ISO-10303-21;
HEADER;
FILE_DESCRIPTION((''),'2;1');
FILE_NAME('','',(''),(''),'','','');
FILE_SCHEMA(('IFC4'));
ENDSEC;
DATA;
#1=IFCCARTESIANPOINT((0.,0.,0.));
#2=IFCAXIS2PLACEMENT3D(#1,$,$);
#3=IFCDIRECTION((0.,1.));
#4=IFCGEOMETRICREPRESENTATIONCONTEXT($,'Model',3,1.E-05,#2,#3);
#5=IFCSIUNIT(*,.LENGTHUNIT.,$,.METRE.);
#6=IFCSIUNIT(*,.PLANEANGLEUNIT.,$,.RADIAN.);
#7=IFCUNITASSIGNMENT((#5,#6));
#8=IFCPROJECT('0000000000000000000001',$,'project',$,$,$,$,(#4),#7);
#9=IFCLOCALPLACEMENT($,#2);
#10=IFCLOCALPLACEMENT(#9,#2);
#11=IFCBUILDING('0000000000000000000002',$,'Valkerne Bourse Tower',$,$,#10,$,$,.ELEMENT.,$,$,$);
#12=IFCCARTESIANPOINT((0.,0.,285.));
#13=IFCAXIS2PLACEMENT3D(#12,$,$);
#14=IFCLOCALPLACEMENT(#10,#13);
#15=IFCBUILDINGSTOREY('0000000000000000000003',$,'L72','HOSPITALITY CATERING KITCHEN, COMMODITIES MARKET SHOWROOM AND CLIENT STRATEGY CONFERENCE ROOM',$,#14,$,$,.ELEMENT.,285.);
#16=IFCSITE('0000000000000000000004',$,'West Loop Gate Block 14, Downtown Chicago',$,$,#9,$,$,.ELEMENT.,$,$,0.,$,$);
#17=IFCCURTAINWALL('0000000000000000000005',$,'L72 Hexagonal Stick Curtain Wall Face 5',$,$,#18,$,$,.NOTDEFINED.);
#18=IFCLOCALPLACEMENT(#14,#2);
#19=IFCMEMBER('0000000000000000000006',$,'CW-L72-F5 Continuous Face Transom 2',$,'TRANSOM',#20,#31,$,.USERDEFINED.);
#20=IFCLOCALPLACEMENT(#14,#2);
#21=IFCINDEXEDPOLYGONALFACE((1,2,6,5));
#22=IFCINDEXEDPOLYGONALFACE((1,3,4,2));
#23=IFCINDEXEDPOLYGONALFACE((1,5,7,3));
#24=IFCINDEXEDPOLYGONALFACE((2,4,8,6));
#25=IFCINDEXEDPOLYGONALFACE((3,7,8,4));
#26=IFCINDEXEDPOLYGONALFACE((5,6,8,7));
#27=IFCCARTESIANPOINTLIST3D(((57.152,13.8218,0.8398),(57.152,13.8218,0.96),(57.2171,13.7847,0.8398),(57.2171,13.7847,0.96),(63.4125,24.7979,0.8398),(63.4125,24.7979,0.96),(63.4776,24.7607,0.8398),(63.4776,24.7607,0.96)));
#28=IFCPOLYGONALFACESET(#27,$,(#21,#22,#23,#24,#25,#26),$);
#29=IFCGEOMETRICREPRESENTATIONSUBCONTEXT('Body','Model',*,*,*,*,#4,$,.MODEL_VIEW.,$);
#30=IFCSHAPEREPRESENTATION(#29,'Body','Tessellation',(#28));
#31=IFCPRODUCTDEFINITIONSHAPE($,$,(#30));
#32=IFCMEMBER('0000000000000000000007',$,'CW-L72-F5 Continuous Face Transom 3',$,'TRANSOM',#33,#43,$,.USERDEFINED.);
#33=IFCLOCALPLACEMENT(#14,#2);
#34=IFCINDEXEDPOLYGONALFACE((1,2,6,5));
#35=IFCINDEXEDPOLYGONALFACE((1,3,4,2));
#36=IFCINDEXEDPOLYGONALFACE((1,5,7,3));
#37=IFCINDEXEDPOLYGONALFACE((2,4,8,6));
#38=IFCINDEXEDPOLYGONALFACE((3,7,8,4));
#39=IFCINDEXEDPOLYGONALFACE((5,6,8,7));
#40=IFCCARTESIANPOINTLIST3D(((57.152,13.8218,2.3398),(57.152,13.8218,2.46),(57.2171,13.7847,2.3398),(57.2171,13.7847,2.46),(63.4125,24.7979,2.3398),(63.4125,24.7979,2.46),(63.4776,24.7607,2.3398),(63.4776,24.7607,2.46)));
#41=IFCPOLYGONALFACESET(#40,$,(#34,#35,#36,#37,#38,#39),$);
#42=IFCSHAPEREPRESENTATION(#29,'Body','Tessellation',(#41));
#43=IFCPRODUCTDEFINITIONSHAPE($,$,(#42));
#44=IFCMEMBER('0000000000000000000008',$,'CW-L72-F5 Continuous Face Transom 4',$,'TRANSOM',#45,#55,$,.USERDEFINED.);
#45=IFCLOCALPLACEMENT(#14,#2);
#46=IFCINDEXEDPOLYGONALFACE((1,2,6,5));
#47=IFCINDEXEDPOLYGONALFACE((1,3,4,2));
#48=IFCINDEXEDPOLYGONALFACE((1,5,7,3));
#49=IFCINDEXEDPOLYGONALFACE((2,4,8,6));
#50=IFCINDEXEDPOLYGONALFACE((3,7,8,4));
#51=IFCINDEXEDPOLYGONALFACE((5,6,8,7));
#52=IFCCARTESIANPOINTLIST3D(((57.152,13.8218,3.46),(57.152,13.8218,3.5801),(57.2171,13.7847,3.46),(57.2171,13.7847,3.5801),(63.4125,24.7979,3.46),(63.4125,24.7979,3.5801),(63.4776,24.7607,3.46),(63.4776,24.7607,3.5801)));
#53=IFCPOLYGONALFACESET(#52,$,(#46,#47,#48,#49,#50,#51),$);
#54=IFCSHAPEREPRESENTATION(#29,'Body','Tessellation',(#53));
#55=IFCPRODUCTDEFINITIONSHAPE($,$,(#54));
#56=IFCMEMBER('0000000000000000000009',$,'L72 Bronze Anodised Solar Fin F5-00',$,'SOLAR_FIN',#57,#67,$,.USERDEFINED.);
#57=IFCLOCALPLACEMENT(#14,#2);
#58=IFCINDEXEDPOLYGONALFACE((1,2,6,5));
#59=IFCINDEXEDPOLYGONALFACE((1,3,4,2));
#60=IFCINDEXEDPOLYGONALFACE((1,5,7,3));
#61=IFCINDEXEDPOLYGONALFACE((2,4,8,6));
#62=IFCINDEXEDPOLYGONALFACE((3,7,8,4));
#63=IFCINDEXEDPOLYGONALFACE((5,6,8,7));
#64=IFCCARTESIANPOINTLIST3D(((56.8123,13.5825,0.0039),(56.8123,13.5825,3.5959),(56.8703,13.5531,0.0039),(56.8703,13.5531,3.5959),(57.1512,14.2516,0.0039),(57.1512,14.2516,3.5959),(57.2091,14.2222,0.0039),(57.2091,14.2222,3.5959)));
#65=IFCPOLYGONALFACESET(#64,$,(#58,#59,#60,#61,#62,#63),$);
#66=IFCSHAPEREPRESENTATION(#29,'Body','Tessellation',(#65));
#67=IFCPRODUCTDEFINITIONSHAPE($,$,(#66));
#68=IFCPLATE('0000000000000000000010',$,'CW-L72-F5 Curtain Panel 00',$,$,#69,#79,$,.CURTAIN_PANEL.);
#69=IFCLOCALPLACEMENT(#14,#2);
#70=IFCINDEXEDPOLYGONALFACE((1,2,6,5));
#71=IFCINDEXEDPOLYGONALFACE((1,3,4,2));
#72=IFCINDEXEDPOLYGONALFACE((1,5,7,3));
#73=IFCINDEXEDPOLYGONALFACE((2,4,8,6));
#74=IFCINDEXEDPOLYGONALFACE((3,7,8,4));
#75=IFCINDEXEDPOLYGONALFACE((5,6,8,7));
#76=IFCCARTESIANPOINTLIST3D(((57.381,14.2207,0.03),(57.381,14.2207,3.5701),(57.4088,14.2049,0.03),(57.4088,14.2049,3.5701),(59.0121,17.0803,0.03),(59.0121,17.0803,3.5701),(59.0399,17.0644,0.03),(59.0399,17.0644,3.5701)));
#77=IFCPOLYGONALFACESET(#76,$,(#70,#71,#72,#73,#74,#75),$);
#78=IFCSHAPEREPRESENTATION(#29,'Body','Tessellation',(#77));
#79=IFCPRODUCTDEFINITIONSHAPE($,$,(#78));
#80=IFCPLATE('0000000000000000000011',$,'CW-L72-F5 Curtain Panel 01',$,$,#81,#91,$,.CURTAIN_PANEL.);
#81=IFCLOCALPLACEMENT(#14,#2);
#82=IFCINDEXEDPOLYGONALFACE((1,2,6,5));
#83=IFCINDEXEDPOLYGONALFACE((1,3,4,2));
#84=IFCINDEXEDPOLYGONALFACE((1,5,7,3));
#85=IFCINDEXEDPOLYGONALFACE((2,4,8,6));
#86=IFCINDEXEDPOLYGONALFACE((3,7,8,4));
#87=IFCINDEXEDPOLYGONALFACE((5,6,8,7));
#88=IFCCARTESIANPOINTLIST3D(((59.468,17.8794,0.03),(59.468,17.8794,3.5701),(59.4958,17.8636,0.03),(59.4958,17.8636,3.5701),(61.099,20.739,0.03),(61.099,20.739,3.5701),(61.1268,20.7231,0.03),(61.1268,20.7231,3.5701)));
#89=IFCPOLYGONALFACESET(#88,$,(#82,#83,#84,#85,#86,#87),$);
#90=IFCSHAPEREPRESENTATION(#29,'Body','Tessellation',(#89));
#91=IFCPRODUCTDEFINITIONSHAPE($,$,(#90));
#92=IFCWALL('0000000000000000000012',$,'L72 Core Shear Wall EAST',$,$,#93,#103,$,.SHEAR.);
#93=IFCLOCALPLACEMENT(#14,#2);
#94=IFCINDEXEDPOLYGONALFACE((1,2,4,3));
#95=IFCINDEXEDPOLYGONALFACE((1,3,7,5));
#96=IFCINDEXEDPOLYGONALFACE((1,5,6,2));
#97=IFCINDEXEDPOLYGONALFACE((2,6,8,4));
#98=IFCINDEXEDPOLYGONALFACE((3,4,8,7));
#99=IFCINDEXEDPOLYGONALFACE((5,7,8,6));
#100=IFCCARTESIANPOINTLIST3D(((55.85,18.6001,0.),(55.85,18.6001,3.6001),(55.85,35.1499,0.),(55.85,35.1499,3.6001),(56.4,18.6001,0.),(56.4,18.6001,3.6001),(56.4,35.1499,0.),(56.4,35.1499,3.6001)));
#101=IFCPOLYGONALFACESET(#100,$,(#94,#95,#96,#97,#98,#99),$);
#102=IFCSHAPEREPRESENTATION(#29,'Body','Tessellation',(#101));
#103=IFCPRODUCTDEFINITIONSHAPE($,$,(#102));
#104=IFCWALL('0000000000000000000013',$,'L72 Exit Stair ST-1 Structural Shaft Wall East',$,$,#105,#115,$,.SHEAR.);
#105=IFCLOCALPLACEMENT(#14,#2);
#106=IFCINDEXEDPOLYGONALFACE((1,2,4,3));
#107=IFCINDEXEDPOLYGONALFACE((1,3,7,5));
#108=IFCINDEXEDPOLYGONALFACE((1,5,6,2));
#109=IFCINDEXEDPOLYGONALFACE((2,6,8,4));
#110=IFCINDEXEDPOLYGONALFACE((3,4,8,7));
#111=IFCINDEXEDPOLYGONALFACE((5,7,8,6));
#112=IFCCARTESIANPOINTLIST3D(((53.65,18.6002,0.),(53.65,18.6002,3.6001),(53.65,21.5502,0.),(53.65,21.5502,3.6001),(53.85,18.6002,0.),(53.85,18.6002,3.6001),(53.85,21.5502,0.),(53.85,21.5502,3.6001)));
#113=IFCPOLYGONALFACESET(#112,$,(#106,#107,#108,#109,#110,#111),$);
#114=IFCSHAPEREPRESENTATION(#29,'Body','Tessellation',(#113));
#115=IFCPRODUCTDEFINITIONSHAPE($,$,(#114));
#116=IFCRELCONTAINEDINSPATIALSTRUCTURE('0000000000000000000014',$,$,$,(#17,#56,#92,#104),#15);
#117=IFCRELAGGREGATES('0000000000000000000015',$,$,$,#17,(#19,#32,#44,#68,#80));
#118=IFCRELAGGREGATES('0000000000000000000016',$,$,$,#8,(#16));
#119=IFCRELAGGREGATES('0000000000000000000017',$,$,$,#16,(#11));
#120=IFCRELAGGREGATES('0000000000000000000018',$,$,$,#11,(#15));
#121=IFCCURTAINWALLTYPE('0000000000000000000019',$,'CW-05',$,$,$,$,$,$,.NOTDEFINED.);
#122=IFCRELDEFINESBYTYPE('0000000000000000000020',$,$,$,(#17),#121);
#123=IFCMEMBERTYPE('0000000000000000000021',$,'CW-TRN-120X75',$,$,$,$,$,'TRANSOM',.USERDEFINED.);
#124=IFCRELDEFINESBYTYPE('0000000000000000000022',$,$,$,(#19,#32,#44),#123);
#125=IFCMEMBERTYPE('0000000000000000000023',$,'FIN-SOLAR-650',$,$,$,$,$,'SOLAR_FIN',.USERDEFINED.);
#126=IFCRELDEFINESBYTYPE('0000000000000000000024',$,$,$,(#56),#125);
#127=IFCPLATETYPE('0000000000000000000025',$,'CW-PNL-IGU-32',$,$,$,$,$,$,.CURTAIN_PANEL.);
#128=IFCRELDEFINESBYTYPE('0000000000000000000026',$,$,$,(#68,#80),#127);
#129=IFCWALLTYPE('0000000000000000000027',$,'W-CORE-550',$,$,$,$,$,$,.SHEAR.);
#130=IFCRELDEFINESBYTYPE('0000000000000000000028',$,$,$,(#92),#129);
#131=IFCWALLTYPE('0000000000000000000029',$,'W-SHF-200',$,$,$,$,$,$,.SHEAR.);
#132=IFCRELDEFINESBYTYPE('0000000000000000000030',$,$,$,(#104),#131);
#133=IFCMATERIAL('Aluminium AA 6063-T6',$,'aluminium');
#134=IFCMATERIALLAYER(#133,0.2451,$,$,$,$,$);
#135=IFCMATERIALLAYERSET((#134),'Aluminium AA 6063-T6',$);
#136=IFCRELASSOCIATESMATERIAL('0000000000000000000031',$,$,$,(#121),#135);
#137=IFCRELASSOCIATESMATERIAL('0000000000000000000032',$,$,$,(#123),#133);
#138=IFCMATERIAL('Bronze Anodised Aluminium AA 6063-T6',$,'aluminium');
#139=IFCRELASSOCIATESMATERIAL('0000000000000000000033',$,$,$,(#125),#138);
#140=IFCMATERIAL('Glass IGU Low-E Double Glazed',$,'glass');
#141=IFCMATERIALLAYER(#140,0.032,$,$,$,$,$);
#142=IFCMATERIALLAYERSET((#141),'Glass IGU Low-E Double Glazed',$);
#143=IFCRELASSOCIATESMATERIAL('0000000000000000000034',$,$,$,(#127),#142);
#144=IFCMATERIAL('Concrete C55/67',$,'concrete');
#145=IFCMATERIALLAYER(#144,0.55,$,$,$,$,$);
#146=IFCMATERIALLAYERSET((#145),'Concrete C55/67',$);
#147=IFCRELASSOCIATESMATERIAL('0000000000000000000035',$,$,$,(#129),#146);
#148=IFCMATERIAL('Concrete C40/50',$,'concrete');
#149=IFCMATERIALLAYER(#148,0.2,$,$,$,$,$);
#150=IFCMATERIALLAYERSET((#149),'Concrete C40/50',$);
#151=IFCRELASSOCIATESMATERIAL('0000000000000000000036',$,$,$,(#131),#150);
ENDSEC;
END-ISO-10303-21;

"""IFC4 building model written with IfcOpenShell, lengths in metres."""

from ifc_helpers import new_model, si_unit, direction, frame, frame_2d, origin, origin_2d, place, context, subcontext, project, spatial, rectangle, extrude, material, layer, layer_set, material_profile, profile_set, type_object, element, aggregate, save


model = new_model("IFC4")

# Units and contexts
model_context = context("Model", 3, precision=1e-05, world=origin(), true_north=direction((0.0, 1.0)))
body_context = subcontext(model_context, "Body", "Model", "MODEL_VIEW")
ifc_project = project(units=[si_unit("LENGTHUNIT", "METRE"), si_unit("PLANEANGLEUNIT", "RADIAN")], contexts=[model_context])

# Site, building, storey
site_placement = place(None, origin())
site = spatial("IfcSite", under=ifc_project, at=site_placement, Name="West Loop Gate Block 14, Downtown Chicago", CompositionType="ELEMENT", RefElevation=0.0)
building_placement = place(site_placement, origin())
building = spatial("IfcBuilding", under=site, at=building_placement, Name="Valkerne Bourse Tower", CompositionType="ELEMENT")
storey_placement = place(building_placement, frame((0.0, 0.0, 285.0)))
storey = spatial("IfcBuildingStorey", under=building, at=storey_placement, Name="L72", Description="HOSPITALITY CATERING KITCHEN, COMMODITIES MARKET SHOWROOM AND CLIENT STRATEGY CONFERENCE ROOM", CompositionType="ELEMENT", Elevation=285.0)

# Shared definitions
ifc_material_1 = material(Name="Aluminium AA 6063-T6", Category="aluminium")
ifc_layer_1 = layer(ifc_material_1, 0.2451)
ifc_layer_set_1 = layer_set([ifc_layer_1], Name="Aluminium AA 6063-T6")
curtain_wall_type = type_object("IfcCurtainWallType", Name="CW-05", PredefinedType="NOTDEFINED", material=ifc_layer_set_1)

# Curtain wall, members
curtain_wall_1_placement = place(storey_placement, origin())
curtain_wall_1 = element("IfcCurtainWall", 1, at=curtain_wall_1_placement, inside=storey, type_object=curtain_wall_type, Name="L72 Hexagonal Stick Curtain Wall Face 5", PredefinedType="NOTDEFINED")
ifc_material_profile_1 = material_profile(ifc_material_1, rectangle(XDim=0.075, YDim=0.1201, at=origin_2d()), Name="CWT-75X120")
ifc_profile_set_1 = profile_set([ifc_material_profile_1], Name="Aluminium AA 6063-T6")
member_type_1 = type_object("IfcMemberType", Name="CW-TRN-120X75", ElementType="TRANSOM", PredefinedType="USERDEFINED", material=ifc_profile_set_1)
member_1_placement = place(storey_placement, frame((57.1846, 13.8032, 0.8999), z_axis=(0.49545, 0.868636, 0.0), x_axis=(-0.868636, 0.49545, 0.0)))
member_1 = element("IfcMember", 2, at=member_1_placement, type_object=member_type_1, Name="CW-L72-F5 Continuous Face Transom 2", ObjectType="TRANSOM", PredefinedType="USERDEFINED", context=body_context, shape_type="SweptSolid", body=[
    extrude(rectangle(XDim=0.075, YDim=0.1201, at=origin_2d()), origin(), (0.0, 0.0, 1.0), 12.636),
])
member_2_placement = place(storey_placement, frame((57.1846, 13.8032, 2.3999), z_axis=(0.49545, 0.868636, 0.0), x_axis=(-0.868636, 0.49545, 0.0)))
member_2 = element("IfcMember", 3, at=member_2_placement, type_object=member_type_1, Name="CW-L72-F5 Continuous Face Transom 3", ObjectType="TRANSOM", PredefinedType="USERDEFINED", context=body_context, shape_type="SweptSolid", body=[
    extrude(rectangle(XDim=0.075, YDim=0.1201, at=origin_2d()), origin(), (0.0, 0.0, 1.0), 12.636),
])
member_3_placement = place(storey_placement, frame((57.1846, 13.8032, 3.52), z_axis=(0.49545, 0.868636, 0.0), x_axis=(-0.868636, 0.49545, 0.0)))
member_3 = element("IfcMember", 4, at=member_3_placement, type_object=member_type_1, Name="CW-L72-F5 Continuous Face Transom 4", ObjectType="TRANSOM", PredefinedType="USERDEFINED", context=body_context, shape_type="SweptSolid", body=[
    extrude(rectangle(XDim=0.075, YDim=0.1201, at=origin_2d()), origin(), (0.0, 0.0, 1.0), 12.636),
])

# Member
ifc_material_2 = material(Name="Bronze Anodised Aluminium AA 6063-T6", Category="aluminium")
ifc_material_profile_2 = material_profile(ifc_material_2, rectangle(XDim=0.0649, YDim=0.75, at=origin_2d()), Name="FIN-65X750")
ifc_profile_set_2 = profile_set([ifc_material_profile_2], Name="Bronze Anodised Aluminium AA 6063-T6")
member_type_2 = type_object("IfcMemberType", Name="FIN-SOLAR-650", ElementType="SOLAR_FIN", PredefinedType="USERDEFINED", material=ifc_profile_set_2)
member_4_placement = place(storey_placement, frame((57.0107, 13.9023, 0.0039), z_axis=(0.0, 0.0, 1.0), x_axis=(0.892104, -0.451829, 0.0)))
element("IfcMember", 5, at=member_4_placement, inside=storey, type_object=member_type_2, Name="L72 Bronze Anodised Solar Fin F5-00", ObjectType="SOLAR_FIN", PredefinedType="USERDEFINED", context=body_context, shape_type="SweptSolid", body=[
    extrude(rectangle(XDim=0.0649, YDim=0.75, at=origin_2d()), origin(), (0.0, 0.0, 1.0), 3.592),
])

# Plates
ifc_material_3 = material(Name="Glass IGU Low-E Double Glazed", Category="glass")
ifc_layer_2 = layer(ifc_material_3, 0.032)
ifc_layer_set_2 = layer_set([ifc_layer_2], Name="Glass IGU Low-E Double Glazed")
plate_type = type_object("IfcPlateType", Name="CW-PNL-IGU-32", PredefinedType="CURTAIN_PANEL", material=ifc_layer_set_2)
plate_1_placement = place(storey_placement, frame((58.2104, 15.6426, 0.03), z_axis=(0.0, 0.0, 1.0), x_axis=(0.495461, 0.86863, 0.0)))
plate_1 = element("IfcPlate", 6, at=plate_1_placement, type_object=plate_type, Name="CW-L72-F5 Curtain Panel 00", PredefinedType="CURTAIN_PANEL", context=body_context, shape_type="SweptSolid", body=[
    extrude(rectangle(XDim=3.292, YDim=0.032, at=origin_2d()), origin(), (0.0, 0.0, 1.0), 3.54),
])
plate_2_placement = place(storey_placement, frame((60.2974, 19.3013, 0.03), z_axis=(0.0, 0.0, 1.0), x_axis=(0.495443, 0.86864, 0.0)))
plate_2 = element("IfcPlate", 7, at=plate_2_placement, type_object=plate_type, Name="CW-L72-F5 Curtain Panel 01", PredefinedType="CURTAIN_PANEL", context=body_context, shape_type="SweptSolid", body=[
    extrude(rectangle(XDim=3.292, YDim=0.032, at=origin_2d()), origin(), (0.0, 0.0, 1.0), 3.54),
])
aggregate(curtain_wall_1, [member_1, member_2, member_3, plate_1, plate_2])

# Walls
ifc_material_4 = material(Name="Concrete C55/67", Category="concrete")
ifc_layer_3 = layer(ifc_material_4, 0.55)
ifc_layer_set_3 = layer_set([ifc_layer_3], Name="Concrete C55/67")
wall_type_1 = type_object("IfcWallType", Name="W-CORE-550", PredefinedType="SHEAR", material=ifc_layer_set_3)
wall_1_placement = place(storey_placement, frame((56.125, 18.6001, 0.0), z_axis=(0.0, 0.0, 1.0), x_axis=(0.0, 1.0, 0.0)))
element("IfcWall", 8, at=wall_1_placement, inside=storey, type_object=wall_type_1, Name="L72 Core Shear Wall EAST", PredefinedType="SHEAR", context=body_context, shape_type="SweptSolid", body=[
    extrude(rectangle(XDim=16.5498, YDim=0.55, at=frame_2d((8.2749, 0.0))), origin(), (0.0, 0.0, 1.0), 3.6001),
])
ifc_material_5 = material(Name="Concrete C40/50", Category="concrete")
ifc_layer_4 = layer(ifc_material_5, 0.2)
ifc_layer_set_4 = layer_set([ifc_layer_4], Name="Concrete C40/50")
wall_type_2 = type_object("IfcWallType", Name="W-SHF-200", PredefinedType="SHEAR", material=ifc_layer_set_4)
wall_2_placement = place(storey_placement, frame((53.75, 18.6001, 0.0), z_axis=(0.0, 0.0, 1.0), x_axis=(0.0, 1.0, 0.0)))
element("IfcWall", 9, at=wall_2_placement, inside=storey, type_object=wall_type_2, Name="L72 Exit Stair ST-1 Structural Shaft Wall East", PredefinedType="SHEAR", context=body_context, shape_type="SweptSolid", body=[
    extrude(rectangle(XDim=2.95, YDim=0.2, at=frame_2d((1.4751, 0.0))), origin(), (0.0, 0.0, 1.0), 3.6001),
])

save(model, "model.ifc")
